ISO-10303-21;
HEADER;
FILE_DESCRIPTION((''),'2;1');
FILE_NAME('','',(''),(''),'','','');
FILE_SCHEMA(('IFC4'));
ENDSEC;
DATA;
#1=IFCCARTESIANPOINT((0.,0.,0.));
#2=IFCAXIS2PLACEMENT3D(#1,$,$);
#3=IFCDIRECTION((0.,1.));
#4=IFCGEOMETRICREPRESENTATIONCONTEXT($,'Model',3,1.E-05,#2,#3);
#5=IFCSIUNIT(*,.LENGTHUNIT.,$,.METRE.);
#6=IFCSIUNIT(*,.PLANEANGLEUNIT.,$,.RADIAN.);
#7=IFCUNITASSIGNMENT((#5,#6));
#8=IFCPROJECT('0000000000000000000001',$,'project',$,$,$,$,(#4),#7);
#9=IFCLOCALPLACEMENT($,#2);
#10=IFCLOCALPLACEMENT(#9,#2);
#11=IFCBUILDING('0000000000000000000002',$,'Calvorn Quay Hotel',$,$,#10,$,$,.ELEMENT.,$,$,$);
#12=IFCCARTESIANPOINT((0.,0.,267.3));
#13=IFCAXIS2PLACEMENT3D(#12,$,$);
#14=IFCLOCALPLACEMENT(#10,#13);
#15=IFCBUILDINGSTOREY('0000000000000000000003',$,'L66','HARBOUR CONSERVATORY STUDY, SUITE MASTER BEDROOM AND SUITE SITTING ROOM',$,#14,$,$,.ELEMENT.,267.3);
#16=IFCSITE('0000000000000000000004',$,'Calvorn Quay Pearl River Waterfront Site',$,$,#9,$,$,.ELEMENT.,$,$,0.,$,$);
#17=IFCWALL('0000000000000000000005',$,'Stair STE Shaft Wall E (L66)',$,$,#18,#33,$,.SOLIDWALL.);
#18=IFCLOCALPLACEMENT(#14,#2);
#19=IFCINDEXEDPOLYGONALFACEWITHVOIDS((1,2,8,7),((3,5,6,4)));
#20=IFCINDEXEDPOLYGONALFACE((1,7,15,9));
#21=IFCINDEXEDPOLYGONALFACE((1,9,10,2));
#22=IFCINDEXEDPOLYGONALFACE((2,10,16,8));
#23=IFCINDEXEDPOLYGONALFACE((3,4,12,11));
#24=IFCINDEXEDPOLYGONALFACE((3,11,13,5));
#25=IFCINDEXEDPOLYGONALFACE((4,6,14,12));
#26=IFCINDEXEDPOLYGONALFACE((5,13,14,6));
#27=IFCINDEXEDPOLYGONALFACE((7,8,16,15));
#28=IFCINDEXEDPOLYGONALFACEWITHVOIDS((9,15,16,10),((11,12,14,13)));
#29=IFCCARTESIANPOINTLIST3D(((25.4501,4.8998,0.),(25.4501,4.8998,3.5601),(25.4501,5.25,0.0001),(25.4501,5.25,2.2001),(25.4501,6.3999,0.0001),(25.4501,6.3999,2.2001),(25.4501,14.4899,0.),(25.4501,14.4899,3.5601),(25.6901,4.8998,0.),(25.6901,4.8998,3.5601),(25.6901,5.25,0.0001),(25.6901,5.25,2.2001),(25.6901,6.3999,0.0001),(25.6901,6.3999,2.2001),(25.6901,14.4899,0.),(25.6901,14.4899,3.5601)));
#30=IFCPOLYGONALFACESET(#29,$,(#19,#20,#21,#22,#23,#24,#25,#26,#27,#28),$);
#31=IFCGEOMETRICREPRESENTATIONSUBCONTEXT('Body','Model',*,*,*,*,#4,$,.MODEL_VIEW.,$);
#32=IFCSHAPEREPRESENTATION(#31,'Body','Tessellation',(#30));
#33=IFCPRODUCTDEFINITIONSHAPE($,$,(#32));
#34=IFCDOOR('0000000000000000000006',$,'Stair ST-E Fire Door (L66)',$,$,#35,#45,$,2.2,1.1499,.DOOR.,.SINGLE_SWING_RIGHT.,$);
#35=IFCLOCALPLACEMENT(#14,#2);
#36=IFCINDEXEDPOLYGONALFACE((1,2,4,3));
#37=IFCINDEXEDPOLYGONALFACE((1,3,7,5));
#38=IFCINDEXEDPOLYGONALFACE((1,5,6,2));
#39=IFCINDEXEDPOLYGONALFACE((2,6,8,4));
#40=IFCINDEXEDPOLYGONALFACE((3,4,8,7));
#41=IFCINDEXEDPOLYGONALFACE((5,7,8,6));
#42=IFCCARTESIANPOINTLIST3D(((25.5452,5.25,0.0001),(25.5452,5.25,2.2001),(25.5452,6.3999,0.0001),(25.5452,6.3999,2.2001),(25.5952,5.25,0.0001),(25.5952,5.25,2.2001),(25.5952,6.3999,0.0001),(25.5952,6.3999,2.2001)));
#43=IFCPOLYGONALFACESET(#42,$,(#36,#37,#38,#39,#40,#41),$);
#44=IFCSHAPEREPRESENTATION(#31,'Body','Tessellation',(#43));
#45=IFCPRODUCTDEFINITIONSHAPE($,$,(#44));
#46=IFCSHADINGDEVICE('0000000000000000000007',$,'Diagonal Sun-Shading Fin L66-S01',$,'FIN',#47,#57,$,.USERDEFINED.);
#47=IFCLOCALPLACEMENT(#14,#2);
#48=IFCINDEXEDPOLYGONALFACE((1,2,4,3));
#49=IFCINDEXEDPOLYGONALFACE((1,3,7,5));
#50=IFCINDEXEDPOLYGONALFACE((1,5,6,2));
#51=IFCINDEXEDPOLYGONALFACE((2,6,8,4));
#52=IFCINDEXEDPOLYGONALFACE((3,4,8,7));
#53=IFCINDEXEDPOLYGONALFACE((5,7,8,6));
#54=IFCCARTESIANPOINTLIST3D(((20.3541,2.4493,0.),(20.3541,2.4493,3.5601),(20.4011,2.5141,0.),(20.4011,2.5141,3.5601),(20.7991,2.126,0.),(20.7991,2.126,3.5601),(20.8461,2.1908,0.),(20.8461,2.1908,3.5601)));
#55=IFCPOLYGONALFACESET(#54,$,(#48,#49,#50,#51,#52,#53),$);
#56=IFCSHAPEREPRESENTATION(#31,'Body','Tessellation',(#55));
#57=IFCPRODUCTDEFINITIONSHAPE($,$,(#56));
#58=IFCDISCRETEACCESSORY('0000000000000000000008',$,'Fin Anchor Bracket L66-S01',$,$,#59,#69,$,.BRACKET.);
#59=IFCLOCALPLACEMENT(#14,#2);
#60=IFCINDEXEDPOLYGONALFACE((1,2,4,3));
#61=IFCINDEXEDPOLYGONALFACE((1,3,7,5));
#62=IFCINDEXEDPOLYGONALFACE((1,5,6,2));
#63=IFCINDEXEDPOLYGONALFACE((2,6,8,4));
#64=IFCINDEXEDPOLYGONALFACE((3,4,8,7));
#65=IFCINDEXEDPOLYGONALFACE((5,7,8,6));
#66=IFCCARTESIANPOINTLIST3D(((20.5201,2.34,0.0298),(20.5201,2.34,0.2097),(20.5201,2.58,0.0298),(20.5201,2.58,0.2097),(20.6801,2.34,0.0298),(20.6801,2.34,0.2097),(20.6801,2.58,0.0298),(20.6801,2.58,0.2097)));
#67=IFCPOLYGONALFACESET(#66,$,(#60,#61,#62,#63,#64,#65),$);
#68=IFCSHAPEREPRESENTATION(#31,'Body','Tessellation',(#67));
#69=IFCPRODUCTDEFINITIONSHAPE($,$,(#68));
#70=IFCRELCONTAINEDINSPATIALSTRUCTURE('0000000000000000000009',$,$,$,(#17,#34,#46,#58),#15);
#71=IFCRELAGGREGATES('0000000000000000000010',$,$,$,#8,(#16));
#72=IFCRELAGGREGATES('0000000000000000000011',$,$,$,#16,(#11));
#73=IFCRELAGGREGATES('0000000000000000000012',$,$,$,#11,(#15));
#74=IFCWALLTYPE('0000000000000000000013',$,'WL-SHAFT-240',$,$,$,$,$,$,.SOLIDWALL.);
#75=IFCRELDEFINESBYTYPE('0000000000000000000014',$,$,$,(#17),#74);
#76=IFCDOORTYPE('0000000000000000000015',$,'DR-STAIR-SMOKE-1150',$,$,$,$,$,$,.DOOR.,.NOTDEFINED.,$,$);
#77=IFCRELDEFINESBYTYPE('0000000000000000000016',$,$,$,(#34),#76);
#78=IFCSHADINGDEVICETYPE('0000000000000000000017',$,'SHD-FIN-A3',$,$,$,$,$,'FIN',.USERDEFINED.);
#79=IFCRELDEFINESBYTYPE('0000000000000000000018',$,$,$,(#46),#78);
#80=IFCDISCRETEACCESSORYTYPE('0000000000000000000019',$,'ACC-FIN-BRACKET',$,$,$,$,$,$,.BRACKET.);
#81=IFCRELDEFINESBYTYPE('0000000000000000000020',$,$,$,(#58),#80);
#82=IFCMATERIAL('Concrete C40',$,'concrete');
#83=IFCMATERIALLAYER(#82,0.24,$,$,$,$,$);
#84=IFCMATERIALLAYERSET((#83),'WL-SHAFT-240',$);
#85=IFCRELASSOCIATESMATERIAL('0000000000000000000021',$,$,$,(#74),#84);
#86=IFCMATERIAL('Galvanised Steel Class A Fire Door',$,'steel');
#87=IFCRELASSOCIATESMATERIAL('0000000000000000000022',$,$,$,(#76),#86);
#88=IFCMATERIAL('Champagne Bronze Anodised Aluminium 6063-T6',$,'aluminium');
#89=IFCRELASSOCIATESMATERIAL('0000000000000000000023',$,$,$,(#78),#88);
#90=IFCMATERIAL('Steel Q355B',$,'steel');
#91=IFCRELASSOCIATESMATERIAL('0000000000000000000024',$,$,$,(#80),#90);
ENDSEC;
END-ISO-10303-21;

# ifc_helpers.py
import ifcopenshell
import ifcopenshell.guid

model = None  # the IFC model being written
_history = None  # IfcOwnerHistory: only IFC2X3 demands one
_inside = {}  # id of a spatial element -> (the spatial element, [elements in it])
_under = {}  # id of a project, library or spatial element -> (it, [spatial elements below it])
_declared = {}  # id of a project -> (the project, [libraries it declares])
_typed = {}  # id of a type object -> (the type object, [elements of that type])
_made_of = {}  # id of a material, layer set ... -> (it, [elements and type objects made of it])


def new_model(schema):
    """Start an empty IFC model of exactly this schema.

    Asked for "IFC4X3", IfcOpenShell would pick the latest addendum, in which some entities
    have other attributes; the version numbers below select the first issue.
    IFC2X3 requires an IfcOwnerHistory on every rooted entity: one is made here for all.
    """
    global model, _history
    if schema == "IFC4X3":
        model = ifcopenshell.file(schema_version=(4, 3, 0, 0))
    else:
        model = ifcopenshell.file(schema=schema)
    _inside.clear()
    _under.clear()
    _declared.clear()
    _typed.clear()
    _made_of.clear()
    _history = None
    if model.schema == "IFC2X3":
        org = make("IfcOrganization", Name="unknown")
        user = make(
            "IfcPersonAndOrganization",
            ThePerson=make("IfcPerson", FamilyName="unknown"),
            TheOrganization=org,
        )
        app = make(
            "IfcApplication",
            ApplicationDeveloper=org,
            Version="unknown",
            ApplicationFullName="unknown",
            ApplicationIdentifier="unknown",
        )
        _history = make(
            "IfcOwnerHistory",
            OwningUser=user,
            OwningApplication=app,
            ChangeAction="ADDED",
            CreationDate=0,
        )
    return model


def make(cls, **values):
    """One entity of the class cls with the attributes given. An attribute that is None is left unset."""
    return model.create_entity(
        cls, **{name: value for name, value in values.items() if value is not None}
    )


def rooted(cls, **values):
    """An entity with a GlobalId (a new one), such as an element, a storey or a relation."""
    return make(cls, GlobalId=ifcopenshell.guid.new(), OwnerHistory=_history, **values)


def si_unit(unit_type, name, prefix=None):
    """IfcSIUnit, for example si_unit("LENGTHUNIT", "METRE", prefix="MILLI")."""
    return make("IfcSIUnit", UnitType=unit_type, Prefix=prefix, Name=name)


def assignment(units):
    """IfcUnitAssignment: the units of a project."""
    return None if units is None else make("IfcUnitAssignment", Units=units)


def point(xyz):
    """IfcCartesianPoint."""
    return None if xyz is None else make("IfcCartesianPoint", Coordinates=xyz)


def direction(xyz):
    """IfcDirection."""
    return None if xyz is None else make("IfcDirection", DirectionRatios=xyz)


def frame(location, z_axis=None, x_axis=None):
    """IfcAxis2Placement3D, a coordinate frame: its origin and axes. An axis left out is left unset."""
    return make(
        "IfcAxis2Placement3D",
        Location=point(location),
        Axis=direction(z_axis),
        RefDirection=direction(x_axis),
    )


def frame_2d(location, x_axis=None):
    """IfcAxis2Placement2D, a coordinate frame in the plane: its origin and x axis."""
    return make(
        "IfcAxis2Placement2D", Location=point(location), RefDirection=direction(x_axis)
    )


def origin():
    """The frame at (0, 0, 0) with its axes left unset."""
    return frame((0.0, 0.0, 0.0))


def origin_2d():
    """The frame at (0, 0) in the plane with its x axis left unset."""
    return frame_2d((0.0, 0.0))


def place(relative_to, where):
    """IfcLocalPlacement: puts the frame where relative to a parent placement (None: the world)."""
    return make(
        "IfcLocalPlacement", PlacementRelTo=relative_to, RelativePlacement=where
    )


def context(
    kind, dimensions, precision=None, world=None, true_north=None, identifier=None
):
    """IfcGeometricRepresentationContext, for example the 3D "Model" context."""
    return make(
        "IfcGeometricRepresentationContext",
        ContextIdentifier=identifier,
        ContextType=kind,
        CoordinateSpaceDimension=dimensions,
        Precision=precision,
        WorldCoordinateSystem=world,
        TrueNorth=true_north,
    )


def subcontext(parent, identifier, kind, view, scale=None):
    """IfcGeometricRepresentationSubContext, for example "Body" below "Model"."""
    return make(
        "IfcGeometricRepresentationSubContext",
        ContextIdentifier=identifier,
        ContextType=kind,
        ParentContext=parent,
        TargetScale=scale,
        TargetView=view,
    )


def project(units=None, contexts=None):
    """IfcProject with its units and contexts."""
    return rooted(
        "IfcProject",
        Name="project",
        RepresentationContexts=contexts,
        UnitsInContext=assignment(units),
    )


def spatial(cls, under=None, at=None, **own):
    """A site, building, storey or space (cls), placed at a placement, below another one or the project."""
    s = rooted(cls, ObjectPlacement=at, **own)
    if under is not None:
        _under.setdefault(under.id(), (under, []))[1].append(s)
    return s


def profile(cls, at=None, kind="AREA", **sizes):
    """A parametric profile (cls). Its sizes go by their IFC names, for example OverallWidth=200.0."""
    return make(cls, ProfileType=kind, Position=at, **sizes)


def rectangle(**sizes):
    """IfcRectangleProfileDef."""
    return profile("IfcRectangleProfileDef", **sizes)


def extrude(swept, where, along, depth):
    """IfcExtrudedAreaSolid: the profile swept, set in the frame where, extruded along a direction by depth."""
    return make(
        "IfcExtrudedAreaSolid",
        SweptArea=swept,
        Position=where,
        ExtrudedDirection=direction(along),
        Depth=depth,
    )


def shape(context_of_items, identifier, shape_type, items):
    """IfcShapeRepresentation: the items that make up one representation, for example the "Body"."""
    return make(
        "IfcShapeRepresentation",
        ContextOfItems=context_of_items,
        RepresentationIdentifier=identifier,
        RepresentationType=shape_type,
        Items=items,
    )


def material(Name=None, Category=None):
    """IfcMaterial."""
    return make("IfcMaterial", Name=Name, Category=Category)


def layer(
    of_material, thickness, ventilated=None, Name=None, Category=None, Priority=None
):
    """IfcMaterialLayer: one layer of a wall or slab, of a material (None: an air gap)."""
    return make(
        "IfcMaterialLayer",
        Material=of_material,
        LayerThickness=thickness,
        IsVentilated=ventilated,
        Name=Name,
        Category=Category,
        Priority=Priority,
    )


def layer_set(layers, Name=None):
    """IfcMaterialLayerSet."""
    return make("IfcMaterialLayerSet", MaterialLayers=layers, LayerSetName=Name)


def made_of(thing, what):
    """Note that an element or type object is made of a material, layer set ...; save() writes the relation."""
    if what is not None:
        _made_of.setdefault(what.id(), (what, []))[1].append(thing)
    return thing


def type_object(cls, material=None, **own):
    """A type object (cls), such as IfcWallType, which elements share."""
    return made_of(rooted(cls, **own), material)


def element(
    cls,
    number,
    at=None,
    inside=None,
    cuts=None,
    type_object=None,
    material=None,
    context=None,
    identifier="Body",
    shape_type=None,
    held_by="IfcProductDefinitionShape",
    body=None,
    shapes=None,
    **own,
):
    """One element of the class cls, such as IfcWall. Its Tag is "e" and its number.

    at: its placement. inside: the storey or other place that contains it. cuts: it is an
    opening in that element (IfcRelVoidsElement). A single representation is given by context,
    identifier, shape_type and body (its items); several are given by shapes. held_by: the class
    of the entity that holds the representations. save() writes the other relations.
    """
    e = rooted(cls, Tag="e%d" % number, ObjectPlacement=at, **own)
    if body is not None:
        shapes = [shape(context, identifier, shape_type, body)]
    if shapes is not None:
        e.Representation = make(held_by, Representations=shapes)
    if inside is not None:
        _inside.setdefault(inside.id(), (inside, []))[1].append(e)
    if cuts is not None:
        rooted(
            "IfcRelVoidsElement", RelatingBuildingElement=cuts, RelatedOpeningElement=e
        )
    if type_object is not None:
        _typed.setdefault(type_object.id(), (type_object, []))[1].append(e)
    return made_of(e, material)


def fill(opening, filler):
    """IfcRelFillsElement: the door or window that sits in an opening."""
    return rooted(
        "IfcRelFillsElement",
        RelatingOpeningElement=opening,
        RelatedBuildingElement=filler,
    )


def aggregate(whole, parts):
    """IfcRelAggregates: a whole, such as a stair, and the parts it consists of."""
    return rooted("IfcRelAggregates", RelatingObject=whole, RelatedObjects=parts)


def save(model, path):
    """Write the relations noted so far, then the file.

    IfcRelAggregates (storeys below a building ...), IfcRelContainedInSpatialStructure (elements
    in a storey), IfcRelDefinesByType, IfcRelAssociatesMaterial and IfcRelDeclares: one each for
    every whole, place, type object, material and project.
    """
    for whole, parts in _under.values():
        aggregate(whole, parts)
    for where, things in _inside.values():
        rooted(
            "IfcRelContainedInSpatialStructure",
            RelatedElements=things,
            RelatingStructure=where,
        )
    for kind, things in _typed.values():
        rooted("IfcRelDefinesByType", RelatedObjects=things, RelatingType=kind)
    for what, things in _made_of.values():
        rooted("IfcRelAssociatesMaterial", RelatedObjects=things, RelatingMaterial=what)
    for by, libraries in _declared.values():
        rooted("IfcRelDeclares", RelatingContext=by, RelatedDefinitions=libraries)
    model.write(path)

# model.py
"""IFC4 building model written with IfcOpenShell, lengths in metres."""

from ifc_helpers import new_model, si_unit, direction, frame, frame_2d, origin, origin_2d, place, context, subcontext, project, spatial, rectangle, extrude, material, layer, layer_set, type_object, element, fill, save


model = new_model("IFC4")

# Units and contexts
model_context = context("Model", 3, precision=1e-05, world=origin(), true_north=direction((0.0, 1.0)))
body_context = subcontext(model_context, "Body", "Model", "MODEL_VIEW")
ifc_project = project(units=[si_unit("LENGTHUNIT", "METRE"), si_unit("PLANEANGLEUNIT", "RADIAN")], contexts=[model_context])

# Site, building, storey
site_placement = place(None, origin())
site = spatial("IfcSite", under=ifc_project, at=site_placement, Name="Calvorn Quay Pearl River Waterfront Site", CompositionType="ELEMENT", RefElevation=0.0)
building_placement = place(site_placement, origin())
building = spatial("IfcBuilding", under=site, at=building_placement, Name="Calvorn Quay Hotel", CompositionType="ELEMENT")
storey_placement = place(building_placement, frame((0.0, 0.0, 267.3)))
storey = spatial("IfcBuildingStorey", under=building, at=storey_placement, Name="L66", Description="HARBOUR CONSERVATORY STUDY, SUITE MASTER BEDROOM AND SUITE SITTING ROOM", CompositionType="ELEMENT", Elevation=267.3)

# Shared definitions
ifc_material_1 = material(Name="Concrete C40", Category="concrete")
ifc_layer_1 = layer(ifc_material_1, 0.24)
ifc_layer_set_1 = layer_set([ifc_layer_1], Name="WL-SHAFT-240")
wall_type_1 = type_object("IfcWallType", Name="WL-SHAFT-240", PredefinedType="SOLIDWALL", material=ifc_layer_set_1)

# Wall, opening, door
wall_1_placement = place(storey_placement, frame((25.5701, 4.8999, 0.0), z_axis=(0.0, 0.0, 1.0), x_axis=(0.0, 1.0, 0.0)))
wall_1 = element("IfcWall", 1, at=wall_1_placement, inside=storey, type_object=wall_type_1, Name="Stair STE Shaft Wall E (L66)", PredefinedType="SOLIDWALL", context=body_context, shape_type="SweptSolid", body=[
    extrude(rectangle(XDim=9.5901, YDim=0.24, at=frame_2d((4.7949, 0.0))), origin(), (0.0, 0.0, 1.0), 3.5601),
])
opening_1_placement = place(wall_1_placement, frame((0.3501, 0.0, 0.0)))
opening_1 = element("IfcOpeningElement", 2, at=opening_1_placement, cuts=wall_1, PredefinedType="OPENING", context=body_context, shape_type="SweptSolid", body=[
    extrude(rectangle(XDim=1.1499, YDim=2.2, at=frame_2d((0.575, 1.1001))), frame((0.0, 0.1299, 0.0), z_axis=(0.0, -1.0, 0.0), x_axis=(1.0, 0.0, 0.0)), (0.0, 0.0, 1.0), 0.26),
])
ifc_material_2 = material(Name="Galvanised Steel Class A Fire Door", Category="steel")
door_type_1 = type_object("IfcDoorType", Name="DR-STAIR-SMOKE-1150", OperationType="NOTDEFINED", PredefinedType="DOOR", material=ifc_material_2)
door_1_placement = place(opening_1_placement, origin())
door_1 = element("IfcDoor", 3, at=door_1_placement, inside=storey, type_object=door_type_1, Name="Stair ST-E Fire Door (L66)", OperationType="SINGLE_SWING_RIGHT", OverallHeight=2.2, OverallWidth=1.1499, PredefinedType="DOOR", context=body_context, shape_type="SweptSolid", body=[
    extrude(rectangle(XDim=1.1499, YDim=2.2, at=frame_2d((0.575, 1.1001))), frame((0.0, 0.0249, 0.0), z_axis=(0.0, -1.0, 0.0), x_axis=(1.0, 0.0, 0.0)), (0.0, 0.0, 1.0), 0.05),
])
fill(opening_1, door_1)

# Shading device
ifc_material_3 = material(Name="Champagne Bronze Anodised Aluminium 6063-T6", Category="aluminium")
shading_device_type = type_object("IfcShadingDeviceType", Name="SHD-FIN-A3", ElementType="FIN", PredefinedType="USERDEFINED", material=ifc_material_3)
shading_device_placement = place(storey_placement, frame((20.6001, 2.3201, 0.0), z_axis=(0.0, 0.0, 1.0), x_axis=(-0.809017, 0.587785, 0.0)))
element("IfcShadingDevice", 4, at=shading_device_placement, inside=storey, type_object=shading_device_type, Name="Diagonal Sun-Shading Fin L66-S01", ObjectType="FIN", PredefinedType="USERDEFINED", context=body_context, shape_type="SweptSolid", body=[
    extrude(rectangle(XDim=0.55, YDim=0.0801, at=origin_2d()), origin(), (0.0, 0.0, 1.0), 3.5601),
])

# Discrete accessory
ifc_material_4 = material(Name="Steel Q355B", Category="steel")
discrete_accessory_type = type_object("IfcDiscreteAccessoryType", Name="ACC-FIN-BRACKET", PredefinedType="BRACKET", material=ifc_material_4)
discrete_accessory_placement = place(storey_placement, frame((20.6001, 2.46, 0.0298), z_axis=(0.0, 0.0, 1.0), x_axis=(0.0, 1.0, 0.0)))
element("IfcDiscreteAccessory", 5, at=discrete_accessory_placement, inside=storey, type_object=discrete_accessory_type, Name="Fin Anchor Bracket L66-S01", PredefinedType="BRACKET", context=body_context, shape_type="SweptSolid", body=[
    extrude(rectangle(XDim=0.24, YDim=0.1599, at=origin_2d()), origin(), (0.0, 0.0, 1.0), 0.1799),
])

save(model, "model.ifc")
